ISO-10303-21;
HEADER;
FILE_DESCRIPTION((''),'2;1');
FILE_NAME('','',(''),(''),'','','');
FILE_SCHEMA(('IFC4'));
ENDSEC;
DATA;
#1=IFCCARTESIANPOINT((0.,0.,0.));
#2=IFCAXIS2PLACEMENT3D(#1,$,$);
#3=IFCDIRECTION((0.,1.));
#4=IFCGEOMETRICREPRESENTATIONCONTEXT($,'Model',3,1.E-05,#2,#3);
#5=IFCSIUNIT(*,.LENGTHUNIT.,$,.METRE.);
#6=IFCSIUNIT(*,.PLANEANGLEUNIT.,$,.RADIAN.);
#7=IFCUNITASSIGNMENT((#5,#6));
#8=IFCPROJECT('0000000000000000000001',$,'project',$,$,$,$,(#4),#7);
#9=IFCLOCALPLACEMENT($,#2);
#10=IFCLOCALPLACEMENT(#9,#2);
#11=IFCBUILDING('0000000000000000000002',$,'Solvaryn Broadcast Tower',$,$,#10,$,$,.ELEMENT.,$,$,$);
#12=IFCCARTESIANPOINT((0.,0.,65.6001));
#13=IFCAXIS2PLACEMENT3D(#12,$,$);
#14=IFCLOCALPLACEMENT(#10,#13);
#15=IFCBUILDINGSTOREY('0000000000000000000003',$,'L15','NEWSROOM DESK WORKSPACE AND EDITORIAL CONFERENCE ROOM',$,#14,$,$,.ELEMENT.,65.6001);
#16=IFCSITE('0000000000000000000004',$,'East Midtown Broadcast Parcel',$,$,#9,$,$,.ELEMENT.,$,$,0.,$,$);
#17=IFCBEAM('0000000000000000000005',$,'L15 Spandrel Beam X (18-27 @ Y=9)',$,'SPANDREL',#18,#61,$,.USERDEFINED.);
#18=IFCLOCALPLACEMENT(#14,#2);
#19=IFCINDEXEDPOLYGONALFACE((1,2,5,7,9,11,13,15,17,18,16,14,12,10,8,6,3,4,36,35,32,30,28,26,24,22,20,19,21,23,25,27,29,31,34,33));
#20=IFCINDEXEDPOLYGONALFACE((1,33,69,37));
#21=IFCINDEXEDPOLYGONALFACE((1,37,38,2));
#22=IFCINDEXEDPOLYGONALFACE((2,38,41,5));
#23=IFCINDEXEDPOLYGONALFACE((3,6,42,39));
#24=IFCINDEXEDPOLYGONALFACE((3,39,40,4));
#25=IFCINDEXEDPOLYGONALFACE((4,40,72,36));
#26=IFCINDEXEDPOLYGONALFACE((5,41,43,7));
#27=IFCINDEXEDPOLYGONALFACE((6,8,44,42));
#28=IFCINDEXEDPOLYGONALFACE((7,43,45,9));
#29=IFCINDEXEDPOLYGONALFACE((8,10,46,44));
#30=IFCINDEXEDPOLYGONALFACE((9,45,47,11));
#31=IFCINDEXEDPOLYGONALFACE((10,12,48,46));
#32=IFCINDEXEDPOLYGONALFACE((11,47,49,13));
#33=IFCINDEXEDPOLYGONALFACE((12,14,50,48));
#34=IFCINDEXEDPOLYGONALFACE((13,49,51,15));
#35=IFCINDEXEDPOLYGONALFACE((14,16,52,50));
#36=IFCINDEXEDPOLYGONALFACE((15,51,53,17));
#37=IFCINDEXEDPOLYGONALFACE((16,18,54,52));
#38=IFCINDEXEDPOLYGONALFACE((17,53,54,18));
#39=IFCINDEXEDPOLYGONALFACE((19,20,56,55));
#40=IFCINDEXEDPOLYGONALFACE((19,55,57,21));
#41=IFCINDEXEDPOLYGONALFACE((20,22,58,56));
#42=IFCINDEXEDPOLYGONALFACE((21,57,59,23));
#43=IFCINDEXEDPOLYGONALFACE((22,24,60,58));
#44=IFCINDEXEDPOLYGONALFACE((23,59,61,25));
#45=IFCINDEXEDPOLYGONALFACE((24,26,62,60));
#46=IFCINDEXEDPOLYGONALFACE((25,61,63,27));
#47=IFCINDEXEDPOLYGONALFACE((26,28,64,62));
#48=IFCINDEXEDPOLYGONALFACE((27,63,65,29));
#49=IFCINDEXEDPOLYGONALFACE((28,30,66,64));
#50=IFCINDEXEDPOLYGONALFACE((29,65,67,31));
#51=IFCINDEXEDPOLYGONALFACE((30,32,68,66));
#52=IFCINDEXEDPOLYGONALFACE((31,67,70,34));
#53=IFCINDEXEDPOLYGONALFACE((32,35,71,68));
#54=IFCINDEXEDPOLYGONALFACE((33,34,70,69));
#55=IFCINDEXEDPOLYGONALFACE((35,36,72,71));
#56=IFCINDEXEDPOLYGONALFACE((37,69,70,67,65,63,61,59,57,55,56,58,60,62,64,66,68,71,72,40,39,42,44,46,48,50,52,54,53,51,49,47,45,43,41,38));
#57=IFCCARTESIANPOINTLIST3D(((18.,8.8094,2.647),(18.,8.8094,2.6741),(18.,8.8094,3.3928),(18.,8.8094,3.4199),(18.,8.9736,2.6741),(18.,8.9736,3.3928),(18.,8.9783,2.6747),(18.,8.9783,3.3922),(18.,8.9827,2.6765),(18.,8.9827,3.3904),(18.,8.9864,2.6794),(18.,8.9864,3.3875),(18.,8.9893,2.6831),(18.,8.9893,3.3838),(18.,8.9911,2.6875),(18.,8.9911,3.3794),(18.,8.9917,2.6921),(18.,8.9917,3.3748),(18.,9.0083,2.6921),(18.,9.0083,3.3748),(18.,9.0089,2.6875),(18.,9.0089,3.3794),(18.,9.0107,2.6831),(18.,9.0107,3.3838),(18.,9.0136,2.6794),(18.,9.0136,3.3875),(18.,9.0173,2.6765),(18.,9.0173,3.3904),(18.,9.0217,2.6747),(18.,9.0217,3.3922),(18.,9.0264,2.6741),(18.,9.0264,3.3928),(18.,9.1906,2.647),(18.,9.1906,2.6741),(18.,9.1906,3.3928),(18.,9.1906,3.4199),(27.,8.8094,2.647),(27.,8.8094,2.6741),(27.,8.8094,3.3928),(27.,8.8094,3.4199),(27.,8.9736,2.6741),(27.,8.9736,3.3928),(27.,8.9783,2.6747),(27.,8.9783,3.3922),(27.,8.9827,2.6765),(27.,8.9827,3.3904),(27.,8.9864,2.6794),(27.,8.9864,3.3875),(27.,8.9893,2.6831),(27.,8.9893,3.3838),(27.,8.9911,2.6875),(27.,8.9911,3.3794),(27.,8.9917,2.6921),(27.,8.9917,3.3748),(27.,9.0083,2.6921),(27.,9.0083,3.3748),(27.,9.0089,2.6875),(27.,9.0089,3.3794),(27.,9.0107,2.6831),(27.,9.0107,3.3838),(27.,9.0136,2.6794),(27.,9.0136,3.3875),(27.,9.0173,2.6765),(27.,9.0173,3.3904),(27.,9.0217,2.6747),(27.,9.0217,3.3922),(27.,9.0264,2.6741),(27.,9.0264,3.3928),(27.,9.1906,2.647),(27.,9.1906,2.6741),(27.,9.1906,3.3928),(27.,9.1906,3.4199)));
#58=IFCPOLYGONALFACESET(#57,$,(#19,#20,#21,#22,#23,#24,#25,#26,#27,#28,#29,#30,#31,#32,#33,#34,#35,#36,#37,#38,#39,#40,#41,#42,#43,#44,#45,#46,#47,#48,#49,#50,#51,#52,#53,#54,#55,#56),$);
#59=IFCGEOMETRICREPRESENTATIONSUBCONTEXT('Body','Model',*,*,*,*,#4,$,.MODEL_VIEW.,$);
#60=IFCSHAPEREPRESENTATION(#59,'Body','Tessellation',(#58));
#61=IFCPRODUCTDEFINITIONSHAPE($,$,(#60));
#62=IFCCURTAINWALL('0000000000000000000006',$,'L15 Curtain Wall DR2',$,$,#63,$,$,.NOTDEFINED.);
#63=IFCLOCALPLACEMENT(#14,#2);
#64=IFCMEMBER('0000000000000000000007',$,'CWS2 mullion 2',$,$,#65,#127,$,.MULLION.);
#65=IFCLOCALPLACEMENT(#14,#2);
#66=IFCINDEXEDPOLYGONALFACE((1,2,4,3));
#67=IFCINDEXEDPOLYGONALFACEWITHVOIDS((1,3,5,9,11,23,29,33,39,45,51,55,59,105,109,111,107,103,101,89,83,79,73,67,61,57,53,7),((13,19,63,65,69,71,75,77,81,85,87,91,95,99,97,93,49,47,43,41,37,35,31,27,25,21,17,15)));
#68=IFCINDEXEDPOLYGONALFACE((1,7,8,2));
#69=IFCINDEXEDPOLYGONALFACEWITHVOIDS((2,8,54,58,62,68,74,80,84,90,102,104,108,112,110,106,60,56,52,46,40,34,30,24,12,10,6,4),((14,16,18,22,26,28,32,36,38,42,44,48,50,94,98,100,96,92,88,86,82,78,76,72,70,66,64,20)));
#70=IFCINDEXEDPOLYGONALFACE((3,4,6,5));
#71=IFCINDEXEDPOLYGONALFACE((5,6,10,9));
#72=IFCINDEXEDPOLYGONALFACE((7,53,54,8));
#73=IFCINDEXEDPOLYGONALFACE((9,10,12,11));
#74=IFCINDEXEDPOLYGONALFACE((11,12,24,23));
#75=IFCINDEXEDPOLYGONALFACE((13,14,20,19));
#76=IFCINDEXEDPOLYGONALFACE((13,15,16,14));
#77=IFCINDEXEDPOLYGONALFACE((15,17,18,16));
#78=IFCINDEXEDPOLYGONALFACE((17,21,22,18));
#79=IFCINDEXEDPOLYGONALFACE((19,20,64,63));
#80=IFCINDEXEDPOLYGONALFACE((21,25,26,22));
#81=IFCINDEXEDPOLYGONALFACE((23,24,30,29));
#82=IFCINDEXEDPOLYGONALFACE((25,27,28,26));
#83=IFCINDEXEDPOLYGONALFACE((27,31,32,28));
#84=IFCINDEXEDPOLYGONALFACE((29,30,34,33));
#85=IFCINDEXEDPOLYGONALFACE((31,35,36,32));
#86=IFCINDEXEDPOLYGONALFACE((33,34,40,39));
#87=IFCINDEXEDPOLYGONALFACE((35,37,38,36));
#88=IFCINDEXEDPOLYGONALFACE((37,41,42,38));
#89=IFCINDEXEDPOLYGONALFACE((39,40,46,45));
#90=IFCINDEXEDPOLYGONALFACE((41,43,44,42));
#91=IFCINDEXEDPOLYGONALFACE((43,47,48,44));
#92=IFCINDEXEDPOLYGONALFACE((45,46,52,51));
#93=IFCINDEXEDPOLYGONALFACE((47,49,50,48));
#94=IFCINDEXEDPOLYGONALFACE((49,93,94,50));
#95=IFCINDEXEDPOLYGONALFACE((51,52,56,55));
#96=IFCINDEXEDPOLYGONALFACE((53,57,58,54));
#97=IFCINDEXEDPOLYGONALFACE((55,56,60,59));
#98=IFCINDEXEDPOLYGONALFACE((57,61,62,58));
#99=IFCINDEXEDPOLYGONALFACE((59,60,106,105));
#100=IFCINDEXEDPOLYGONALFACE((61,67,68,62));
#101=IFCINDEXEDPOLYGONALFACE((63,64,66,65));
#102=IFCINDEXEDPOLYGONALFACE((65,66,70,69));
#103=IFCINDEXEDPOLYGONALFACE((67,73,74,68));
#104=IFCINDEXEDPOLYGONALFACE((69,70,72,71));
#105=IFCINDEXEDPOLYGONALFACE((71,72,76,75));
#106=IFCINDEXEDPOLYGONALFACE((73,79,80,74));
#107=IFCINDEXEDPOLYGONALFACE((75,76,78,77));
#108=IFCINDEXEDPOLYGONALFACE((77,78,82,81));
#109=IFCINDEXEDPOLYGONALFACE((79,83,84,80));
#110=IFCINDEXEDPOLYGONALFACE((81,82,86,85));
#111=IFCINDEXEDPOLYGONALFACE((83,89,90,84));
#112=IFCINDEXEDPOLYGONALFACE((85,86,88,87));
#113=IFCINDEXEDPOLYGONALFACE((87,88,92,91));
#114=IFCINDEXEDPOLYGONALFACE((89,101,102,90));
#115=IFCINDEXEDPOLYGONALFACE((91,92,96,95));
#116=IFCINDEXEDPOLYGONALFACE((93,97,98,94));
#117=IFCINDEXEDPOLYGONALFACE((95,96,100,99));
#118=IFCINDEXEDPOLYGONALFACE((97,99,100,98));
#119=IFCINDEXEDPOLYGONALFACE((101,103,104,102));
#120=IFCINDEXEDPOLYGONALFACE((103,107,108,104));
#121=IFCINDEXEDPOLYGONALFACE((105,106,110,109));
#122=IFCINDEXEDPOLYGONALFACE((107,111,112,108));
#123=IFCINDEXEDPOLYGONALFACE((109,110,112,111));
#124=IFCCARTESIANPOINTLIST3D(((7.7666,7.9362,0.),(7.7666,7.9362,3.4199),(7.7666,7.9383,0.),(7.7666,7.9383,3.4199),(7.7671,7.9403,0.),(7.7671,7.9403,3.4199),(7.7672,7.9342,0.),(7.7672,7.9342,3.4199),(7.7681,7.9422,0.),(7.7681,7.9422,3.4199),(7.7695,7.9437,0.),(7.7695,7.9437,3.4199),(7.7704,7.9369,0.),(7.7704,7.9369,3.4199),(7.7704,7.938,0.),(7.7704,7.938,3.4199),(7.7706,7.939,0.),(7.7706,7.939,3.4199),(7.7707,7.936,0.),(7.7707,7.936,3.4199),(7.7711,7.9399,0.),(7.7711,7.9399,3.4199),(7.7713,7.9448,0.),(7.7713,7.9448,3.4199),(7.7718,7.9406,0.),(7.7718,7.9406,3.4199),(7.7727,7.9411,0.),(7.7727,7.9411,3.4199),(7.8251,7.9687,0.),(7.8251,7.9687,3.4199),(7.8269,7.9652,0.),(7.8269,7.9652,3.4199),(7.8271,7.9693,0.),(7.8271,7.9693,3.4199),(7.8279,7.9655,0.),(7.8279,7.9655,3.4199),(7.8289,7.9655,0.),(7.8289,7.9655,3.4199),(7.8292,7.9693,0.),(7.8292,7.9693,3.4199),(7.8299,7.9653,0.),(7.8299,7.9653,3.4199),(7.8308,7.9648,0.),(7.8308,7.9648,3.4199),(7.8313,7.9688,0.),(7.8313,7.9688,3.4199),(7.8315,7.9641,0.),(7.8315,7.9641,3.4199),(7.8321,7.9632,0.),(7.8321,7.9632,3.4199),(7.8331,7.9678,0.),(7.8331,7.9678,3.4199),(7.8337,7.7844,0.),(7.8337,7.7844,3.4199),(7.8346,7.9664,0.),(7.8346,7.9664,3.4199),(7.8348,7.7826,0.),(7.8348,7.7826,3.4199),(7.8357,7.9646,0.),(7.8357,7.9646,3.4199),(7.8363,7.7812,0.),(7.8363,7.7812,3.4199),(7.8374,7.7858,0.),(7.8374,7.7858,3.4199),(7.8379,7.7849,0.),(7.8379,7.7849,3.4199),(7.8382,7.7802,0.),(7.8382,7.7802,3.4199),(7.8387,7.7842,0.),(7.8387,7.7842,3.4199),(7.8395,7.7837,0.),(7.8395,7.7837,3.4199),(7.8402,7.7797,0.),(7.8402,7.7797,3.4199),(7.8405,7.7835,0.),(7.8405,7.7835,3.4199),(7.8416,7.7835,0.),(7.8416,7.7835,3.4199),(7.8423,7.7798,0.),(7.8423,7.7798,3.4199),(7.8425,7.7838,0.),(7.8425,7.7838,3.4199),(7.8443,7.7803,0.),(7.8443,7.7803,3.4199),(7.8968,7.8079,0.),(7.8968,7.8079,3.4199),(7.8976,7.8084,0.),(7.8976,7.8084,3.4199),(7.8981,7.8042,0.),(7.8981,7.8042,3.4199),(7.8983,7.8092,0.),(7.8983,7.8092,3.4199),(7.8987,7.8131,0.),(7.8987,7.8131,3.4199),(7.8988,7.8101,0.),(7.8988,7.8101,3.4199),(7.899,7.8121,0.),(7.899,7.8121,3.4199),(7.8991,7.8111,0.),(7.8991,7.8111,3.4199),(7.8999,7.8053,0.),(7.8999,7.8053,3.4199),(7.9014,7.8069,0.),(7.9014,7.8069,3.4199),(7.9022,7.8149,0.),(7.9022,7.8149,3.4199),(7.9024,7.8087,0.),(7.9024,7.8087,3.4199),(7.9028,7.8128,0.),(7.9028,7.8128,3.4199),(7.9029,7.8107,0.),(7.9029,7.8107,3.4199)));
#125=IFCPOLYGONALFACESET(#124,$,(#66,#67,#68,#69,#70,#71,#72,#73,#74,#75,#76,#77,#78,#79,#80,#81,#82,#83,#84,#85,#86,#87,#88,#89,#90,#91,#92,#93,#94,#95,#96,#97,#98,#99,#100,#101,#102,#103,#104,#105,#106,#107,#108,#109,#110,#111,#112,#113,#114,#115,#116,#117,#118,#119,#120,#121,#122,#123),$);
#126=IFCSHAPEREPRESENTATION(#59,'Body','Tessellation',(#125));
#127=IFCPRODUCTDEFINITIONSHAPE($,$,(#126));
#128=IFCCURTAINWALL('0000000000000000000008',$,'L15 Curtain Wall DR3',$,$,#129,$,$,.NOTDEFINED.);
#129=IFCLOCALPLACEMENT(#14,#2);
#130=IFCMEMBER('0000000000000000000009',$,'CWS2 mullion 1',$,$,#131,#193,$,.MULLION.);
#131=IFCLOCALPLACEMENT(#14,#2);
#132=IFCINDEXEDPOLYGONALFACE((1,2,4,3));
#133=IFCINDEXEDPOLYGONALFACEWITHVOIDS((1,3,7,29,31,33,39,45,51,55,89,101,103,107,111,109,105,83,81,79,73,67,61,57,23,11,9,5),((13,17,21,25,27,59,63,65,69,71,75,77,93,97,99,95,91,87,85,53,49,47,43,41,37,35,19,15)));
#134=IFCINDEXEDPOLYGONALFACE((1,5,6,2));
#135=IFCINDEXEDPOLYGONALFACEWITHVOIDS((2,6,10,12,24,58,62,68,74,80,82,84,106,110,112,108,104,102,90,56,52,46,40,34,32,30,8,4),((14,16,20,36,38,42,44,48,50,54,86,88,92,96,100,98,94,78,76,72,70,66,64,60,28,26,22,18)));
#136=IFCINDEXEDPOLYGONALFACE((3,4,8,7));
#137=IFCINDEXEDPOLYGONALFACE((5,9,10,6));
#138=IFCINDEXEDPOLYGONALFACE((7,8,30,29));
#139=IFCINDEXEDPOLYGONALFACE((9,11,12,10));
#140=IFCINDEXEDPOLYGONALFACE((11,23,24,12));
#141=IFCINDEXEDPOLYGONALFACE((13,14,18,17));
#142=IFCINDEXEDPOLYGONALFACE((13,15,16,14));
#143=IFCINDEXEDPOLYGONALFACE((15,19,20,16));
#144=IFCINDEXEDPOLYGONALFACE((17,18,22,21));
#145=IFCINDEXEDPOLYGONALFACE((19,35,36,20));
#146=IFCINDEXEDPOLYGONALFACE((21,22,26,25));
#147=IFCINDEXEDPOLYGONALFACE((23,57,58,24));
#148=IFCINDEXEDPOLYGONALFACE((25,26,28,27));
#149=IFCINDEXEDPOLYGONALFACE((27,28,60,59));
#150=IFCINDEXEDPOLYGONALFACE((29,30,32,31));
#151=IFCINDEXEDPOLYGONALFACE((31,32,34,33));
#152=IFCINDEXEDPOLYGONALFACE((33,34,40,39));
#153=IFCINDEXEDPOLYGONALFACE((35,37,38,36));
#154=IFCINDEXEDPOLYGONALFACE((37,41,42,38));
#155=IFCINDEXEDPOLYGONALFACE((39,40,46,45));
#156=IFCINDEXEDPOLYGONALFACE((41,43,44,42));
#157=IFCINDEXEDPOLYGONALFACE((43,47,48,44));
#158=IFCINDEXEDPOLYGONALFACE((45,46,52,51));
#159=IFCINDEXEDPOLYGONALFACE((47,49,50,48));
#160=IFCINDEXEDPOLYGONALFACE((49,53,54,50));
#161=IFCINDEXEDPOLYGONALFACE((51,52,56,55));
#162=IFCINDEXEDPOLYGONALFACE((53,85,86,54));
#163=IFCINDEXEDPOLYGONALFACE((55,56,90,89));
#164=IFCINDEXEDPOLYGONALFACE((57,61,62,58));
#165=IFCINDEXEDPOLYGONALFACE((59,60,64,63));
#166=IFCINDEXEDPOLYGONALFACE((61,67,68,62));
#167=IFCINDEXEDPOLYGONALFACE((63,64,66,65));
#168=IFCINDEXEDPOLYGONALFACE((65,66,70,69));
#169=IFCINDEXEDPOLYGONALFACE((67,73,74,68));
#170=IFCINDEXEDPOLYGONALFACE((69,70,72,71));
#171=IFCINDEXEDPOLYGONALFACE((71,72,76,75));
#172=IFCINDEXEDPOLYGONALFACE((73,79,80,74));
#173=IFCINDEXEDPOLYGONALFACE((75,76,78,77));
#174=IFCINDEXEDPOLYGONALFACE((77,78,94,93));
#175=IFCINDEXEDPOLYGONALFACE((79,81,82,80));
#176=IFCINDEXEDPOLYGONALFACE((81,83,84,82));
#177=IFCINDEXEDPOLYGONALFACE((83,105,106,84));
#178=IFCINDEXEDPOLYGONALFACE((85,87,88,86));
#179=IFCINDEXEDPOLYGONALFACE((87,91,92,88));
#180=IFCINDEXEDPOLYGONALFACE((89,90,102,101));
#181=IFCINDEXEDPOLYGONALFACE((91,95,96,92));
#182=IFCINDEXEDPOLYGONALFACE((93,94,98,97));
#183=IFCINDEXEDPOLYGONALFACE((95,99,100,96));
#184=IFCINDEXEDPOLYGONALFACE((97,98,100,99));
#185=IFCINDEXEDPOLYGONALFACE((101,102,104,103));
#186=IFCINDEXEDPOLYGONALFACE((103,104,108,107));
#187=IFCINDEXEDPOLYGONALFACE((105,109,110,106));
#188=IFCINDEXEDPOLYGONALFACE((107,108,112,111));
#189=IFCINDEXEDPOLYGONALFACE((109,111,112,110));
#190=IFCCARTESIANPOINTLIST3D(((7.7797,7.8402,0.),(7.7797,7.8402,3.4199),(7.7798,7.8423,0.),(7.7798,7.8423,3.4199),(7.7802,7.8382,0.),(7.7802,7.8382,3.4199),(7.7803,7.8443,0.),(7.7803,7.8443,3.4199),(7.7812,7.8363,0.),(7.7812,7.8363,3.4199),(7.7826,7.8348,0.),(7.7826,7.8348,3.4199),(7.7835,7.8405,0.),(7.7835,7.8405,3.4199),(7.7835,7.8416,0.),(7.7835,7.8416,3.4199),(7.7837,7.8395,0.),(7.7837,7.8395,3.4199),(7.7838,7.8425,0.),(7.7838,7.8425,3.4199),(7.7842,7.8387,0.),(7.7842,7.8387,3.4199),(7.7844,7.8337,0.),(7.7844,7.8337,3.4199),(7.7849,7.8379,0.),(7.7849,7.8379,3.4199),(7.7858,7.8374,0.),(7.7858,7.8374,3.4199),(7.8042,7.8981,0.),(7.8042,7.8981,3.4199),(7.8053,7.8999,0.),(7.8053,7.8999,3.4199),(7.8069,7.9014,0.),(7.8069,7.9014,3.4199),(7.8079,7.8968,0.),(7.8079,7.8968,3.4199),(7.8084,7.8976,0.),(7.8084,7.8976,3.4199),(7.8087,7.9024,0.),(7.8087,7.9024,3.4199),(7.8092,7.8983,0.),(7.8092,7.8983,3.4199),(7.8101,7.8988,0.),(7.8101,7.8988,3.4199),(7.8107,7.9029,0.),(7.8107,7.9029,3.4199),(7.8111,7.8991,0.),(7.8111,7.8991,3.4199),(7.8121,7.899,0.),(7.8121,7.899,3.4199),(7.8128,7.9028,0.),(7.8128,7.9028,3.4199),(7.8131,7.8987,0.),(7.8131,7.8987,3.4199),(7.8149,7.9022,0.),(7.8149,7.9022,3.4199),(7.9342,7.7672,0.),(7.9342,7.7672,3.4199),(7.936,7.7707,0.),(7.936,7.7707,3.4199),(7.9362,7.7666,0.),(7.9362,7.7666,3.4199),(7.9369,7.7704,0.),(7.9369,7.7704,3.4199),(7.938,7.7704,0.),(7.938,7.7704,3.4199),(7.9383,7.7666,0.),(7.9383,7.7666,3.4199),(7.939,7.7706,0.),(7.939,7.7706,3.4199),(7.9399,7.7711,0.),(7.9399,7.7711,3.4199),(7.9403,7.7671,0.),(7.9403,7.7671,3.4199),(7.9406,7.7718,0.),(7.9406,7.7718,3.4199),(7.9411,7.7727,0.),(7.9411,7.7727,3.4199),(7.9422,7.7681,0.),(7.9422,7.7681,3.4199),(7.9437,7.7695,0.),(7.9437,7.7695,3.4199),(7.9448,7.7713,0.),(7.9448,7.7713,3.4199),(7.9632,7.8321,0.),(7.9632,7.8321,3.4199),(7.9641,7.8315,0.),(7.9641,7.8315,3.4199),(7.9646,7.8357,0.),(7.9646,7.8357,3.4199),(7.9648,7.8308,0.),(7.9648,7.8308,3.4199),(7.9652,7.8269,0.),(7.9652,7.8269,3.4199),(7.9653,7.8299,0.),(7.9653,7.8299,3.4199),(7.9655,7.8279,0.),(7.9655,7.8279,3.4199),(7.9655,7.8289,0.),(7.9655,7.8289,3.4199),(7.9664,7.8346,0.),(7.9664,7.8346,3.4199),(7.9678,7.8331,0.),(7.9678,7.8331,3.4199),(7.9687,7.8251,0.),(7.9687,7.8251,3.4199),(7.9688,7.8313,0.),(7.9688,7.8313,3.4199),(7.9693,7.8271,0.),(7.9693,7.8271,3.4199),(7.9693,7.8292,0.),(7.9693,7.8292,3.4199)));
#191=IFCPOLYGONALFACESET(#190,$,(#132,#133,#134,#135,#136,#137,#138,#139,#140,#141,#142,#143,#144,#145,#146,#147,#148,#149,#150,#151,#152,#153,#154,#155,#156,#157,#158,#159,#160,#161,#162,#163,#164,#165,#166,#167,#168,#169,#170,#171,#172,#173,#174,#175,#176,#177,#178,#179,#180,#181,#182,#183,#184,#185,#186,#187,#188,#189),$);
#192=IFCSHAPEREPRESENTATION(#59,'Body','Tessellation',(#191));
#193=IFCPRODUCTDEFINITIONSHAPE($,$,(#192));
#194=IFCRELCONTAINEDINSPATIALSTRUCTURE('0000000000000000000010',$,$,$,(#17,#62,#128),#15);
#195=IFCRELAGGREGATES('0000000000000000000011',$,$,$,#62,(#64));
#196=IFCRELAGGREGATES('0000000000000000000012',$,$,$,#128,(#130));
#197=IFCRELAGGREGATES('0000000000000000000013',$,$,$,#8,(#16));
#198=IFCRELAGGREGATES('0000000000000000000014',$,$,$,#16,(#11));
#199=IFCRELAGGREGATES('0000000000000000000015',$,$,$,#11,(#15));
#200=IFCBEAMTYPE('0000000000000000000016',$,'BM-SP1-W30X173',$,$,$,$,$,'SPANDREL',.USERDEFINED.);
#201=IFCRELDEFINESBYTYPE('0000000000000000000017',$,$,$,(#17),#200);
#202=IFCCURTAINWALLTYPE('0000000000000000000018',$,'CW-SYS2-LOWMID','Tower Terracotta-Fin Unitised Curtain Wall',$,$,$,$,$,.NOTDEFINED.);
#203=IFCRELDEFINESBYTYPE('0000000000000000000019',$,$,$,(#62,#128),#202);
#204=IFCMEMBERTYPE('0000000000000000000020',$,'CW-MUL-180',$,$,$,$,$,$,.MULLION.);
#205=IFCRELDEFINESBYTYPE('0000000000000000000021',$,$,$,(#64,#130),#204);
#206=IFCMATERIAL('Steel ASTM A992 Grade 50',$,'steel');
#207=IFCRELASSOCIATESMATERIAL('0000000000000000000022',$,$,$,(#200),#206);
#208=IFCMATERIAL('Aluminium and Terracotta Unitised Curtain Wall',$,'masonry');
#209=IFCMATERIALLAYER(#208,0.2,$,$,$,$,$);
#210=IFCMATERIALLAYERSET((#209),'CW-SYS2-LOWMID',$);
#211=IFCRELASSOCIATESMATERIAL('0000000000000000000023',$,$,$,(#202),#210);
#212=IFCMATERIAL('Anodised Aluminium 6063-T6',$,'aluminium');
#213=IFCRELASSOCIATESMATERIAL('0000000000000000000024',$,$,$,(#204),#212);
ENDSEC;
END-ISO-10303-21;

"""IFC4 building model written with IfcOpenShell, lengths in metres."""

from ifc_helpers import new_model, si_unit, direction, frame, origin, origin_2d, place, context, subcontext, project, spatial, hollow_rectangle, i_section, extrude, material, layer, layer_set, material_profile, profile_set, type_object, element, aggregate, save


model = new_model("IFC4")

# Units and contexts
model_context = context("Model", 3, precision=1e-05, world=origin(), true_north=direction((0.0, 1.0)))
body_context = subcontext(model_context, "Body", "Model", "MODEL_VIEW")
ifc_project = project(units=[si_unit("LENGTHUNIT", "METRE"), si_unit("PLANEANGLEUNIT", "RADIAN")], contexts=[model_context])

# Site, building, storey
site_placement = place(None, origin())
site = spatial("IfcSite", under=ifc_project, at=site_placement, Name="East Midtown Broadcast Parcel", CompositionType="ELEMENT", RefElevation=0.0)
building_placement = place(site_placement, origin())
building = spatial("IfcBuilding", under=site, at=building_placement, Name="Solvaryn Broadcast Tower", CompositionType="ELEMENT")
storey_placement = place(building_placement, frame((0.0, 0.0, 65.6001)))
storey = spatial("IfcBuildingStorey", under=building, at=storey_placement, Name="L15", Description="NEWSROOM DESK WORKSPACE AND EDITORIAL CONFERENCE ROOM", CompositionType="ELEMENT", Elevation=65.6001)

# Beam
ifc_material_1 = material(Name="Steel ASTM A992 Grade 50", Category="steel")
ifc_material_profile_1 = material_profile(ifc_material_1, i_section(OverallWidth=0.3811, OverallDepth=0.7729, WebThickness=0.0166, FlangeThickness=0.0271, FilletRadius=0.0181, at=origin_2d()))
ifc_profile_set_1 = profile_set([ifc_material_profile_1], Name="Steel ASTM A992 Grade 50")
beam_type_1 = type_object("IfcBeamType", Name="BM-SP1-W30X173", ElementType="SPANDREL", PredefinedType="USERDEFINED", material=ifc_profile_set_1)
beam_1_placement = place(storey_placement, frame((18.0, 9.0, 3.0334), z_axis=(1.0, 0.0, 0.0), x_axis=(0.0, 1.0, 0.0)))
element("IfcBeam", 1, at=beam_1_placement, inside=storey, type_object=beam_type_1, Name="L15 Spandrel Beam X (18-27 @ Y=9)", ObjectType="SPANDREL", PredefinedType="USERDEFINED", context=body_context, shape_type="SweptSolid", body=[
    extrude(i_section(OverallWidth=0.3811, OverallDepth=0.7729, WebThickness=0.0166, FlangeThickness=0.0271, FilletRadius=0.0181, at=origin_2d()), origin(), (0.0, 0.0, 1.0), 9.0),
])

# Curtain wall, member
ifc_material_2 = material(Name="Aluminium and Terracotta Unitised Curtain Wall", Category="masonry")
ifc_layer_1 = layer(ifc_material_2, 0.2)
ifc_layer_set_1 = layer_set([ifc_layer_1], Name="CW-SYS2-LOWMID")
curtain_wall_type = type_object("IfcCurtainWallType", Name="CW-SYS2-LOWMID", Description="Tower Terracotta-Fin Unitised Curtain Wall", PredefinedType="NOTDEFINED", material=ifc_layer_set_1)
curtain_wall_1_placement = place(storey_placement, origin())
curtain_wall_1 = element("IfcCurtainWall", 2, at=curtain_wall_1_placement, inside=storey, type_object=curtain_wall_type, Name="L15 Curtain Wall DR2", PredefinedType="NOTDEFINED")
ifc_material_3 = material(Name="Anodised Aluminium 6063-T6", Category="aluminium")
ifc_material_profile_2 = material_profile(ifc_material_3, hollow_rectangle(XDim=0.075, YDim=0.1799, WallThickness=0.0039, InnerFilletRadius=0.0039, OuterFilletRadius=0.0081, at=origin_2d()))
ifc_profile_set_2 = profile_set([ifc_material_profile_2], Name="Anodised Aluminium 6063-T6")
member_type_1 = type_object("IfcMemberType", Name="CW-MUL-180", PredefinedType="MULLION", material=ifc_profile_set_2)
member_1_placement = place(storey_placement, frame((7.8347, 7.8745, 0.0), z_axis=(0.0, 0.0, 1.0), x_axis=(0.913918, 0.405898, 0.0)))
member_1 = element("IfcMember", 3, at=member_1_placement, type_object=member_type_1, Name="CWS2 mullion 2", PredefinedType="MULLION", context=body_context, shape_type="SweptSolid", body=[
    extrude(hollow_rectangle(XDim=0.075, YDim=0.1799, WallThickness=0.0039, InnerFilletRadius=0.0039, OuterFilletRadius=0.0081, at=origin_2d()), origin(), (0.0, 0.0, 1.0), 3.4199),
])
aggregate(curtain_wall_1, [member_1])

# Curtain wall, member
curtain_wall_2_placement = place(storey_placement, origin())
curtain_wall_2 = element("IfcCurtainWall", 4, at=curtain_wall_2_placement, inside=storey, type_object=curtain_wall_type, Name="L15 Curtain Wall DR3", PredefinedType="NOTDEFINED")
member_2_placement = place(storey_placement, frame((7.8745, 7.8347, 0.0), z_axis=(0.0, 0.0, 1.0), x_axis=(0.405898, 0.913918, 0.0)))
member_2 = element("IfcMember", 5, at=member_2_placement, type_object=member_type_1, Name="CWS2 mullion 1", PredefinedType="MULLION", context=body_context, shape_type="SweptSolid", body=[
    extrude(hollow_rectangle(XDim=0.075, YDim=0.1799, WallThickness=0.0039, InnerFilletRadius=0.0039, OuterFilletRadius=0.0081, at=origin_2d()), origin(), (0.0, 0.0, 1.0), 3.4199),
])
aggregate(curtain_wall_2, [member_2])

save(model, "model.ifc")
